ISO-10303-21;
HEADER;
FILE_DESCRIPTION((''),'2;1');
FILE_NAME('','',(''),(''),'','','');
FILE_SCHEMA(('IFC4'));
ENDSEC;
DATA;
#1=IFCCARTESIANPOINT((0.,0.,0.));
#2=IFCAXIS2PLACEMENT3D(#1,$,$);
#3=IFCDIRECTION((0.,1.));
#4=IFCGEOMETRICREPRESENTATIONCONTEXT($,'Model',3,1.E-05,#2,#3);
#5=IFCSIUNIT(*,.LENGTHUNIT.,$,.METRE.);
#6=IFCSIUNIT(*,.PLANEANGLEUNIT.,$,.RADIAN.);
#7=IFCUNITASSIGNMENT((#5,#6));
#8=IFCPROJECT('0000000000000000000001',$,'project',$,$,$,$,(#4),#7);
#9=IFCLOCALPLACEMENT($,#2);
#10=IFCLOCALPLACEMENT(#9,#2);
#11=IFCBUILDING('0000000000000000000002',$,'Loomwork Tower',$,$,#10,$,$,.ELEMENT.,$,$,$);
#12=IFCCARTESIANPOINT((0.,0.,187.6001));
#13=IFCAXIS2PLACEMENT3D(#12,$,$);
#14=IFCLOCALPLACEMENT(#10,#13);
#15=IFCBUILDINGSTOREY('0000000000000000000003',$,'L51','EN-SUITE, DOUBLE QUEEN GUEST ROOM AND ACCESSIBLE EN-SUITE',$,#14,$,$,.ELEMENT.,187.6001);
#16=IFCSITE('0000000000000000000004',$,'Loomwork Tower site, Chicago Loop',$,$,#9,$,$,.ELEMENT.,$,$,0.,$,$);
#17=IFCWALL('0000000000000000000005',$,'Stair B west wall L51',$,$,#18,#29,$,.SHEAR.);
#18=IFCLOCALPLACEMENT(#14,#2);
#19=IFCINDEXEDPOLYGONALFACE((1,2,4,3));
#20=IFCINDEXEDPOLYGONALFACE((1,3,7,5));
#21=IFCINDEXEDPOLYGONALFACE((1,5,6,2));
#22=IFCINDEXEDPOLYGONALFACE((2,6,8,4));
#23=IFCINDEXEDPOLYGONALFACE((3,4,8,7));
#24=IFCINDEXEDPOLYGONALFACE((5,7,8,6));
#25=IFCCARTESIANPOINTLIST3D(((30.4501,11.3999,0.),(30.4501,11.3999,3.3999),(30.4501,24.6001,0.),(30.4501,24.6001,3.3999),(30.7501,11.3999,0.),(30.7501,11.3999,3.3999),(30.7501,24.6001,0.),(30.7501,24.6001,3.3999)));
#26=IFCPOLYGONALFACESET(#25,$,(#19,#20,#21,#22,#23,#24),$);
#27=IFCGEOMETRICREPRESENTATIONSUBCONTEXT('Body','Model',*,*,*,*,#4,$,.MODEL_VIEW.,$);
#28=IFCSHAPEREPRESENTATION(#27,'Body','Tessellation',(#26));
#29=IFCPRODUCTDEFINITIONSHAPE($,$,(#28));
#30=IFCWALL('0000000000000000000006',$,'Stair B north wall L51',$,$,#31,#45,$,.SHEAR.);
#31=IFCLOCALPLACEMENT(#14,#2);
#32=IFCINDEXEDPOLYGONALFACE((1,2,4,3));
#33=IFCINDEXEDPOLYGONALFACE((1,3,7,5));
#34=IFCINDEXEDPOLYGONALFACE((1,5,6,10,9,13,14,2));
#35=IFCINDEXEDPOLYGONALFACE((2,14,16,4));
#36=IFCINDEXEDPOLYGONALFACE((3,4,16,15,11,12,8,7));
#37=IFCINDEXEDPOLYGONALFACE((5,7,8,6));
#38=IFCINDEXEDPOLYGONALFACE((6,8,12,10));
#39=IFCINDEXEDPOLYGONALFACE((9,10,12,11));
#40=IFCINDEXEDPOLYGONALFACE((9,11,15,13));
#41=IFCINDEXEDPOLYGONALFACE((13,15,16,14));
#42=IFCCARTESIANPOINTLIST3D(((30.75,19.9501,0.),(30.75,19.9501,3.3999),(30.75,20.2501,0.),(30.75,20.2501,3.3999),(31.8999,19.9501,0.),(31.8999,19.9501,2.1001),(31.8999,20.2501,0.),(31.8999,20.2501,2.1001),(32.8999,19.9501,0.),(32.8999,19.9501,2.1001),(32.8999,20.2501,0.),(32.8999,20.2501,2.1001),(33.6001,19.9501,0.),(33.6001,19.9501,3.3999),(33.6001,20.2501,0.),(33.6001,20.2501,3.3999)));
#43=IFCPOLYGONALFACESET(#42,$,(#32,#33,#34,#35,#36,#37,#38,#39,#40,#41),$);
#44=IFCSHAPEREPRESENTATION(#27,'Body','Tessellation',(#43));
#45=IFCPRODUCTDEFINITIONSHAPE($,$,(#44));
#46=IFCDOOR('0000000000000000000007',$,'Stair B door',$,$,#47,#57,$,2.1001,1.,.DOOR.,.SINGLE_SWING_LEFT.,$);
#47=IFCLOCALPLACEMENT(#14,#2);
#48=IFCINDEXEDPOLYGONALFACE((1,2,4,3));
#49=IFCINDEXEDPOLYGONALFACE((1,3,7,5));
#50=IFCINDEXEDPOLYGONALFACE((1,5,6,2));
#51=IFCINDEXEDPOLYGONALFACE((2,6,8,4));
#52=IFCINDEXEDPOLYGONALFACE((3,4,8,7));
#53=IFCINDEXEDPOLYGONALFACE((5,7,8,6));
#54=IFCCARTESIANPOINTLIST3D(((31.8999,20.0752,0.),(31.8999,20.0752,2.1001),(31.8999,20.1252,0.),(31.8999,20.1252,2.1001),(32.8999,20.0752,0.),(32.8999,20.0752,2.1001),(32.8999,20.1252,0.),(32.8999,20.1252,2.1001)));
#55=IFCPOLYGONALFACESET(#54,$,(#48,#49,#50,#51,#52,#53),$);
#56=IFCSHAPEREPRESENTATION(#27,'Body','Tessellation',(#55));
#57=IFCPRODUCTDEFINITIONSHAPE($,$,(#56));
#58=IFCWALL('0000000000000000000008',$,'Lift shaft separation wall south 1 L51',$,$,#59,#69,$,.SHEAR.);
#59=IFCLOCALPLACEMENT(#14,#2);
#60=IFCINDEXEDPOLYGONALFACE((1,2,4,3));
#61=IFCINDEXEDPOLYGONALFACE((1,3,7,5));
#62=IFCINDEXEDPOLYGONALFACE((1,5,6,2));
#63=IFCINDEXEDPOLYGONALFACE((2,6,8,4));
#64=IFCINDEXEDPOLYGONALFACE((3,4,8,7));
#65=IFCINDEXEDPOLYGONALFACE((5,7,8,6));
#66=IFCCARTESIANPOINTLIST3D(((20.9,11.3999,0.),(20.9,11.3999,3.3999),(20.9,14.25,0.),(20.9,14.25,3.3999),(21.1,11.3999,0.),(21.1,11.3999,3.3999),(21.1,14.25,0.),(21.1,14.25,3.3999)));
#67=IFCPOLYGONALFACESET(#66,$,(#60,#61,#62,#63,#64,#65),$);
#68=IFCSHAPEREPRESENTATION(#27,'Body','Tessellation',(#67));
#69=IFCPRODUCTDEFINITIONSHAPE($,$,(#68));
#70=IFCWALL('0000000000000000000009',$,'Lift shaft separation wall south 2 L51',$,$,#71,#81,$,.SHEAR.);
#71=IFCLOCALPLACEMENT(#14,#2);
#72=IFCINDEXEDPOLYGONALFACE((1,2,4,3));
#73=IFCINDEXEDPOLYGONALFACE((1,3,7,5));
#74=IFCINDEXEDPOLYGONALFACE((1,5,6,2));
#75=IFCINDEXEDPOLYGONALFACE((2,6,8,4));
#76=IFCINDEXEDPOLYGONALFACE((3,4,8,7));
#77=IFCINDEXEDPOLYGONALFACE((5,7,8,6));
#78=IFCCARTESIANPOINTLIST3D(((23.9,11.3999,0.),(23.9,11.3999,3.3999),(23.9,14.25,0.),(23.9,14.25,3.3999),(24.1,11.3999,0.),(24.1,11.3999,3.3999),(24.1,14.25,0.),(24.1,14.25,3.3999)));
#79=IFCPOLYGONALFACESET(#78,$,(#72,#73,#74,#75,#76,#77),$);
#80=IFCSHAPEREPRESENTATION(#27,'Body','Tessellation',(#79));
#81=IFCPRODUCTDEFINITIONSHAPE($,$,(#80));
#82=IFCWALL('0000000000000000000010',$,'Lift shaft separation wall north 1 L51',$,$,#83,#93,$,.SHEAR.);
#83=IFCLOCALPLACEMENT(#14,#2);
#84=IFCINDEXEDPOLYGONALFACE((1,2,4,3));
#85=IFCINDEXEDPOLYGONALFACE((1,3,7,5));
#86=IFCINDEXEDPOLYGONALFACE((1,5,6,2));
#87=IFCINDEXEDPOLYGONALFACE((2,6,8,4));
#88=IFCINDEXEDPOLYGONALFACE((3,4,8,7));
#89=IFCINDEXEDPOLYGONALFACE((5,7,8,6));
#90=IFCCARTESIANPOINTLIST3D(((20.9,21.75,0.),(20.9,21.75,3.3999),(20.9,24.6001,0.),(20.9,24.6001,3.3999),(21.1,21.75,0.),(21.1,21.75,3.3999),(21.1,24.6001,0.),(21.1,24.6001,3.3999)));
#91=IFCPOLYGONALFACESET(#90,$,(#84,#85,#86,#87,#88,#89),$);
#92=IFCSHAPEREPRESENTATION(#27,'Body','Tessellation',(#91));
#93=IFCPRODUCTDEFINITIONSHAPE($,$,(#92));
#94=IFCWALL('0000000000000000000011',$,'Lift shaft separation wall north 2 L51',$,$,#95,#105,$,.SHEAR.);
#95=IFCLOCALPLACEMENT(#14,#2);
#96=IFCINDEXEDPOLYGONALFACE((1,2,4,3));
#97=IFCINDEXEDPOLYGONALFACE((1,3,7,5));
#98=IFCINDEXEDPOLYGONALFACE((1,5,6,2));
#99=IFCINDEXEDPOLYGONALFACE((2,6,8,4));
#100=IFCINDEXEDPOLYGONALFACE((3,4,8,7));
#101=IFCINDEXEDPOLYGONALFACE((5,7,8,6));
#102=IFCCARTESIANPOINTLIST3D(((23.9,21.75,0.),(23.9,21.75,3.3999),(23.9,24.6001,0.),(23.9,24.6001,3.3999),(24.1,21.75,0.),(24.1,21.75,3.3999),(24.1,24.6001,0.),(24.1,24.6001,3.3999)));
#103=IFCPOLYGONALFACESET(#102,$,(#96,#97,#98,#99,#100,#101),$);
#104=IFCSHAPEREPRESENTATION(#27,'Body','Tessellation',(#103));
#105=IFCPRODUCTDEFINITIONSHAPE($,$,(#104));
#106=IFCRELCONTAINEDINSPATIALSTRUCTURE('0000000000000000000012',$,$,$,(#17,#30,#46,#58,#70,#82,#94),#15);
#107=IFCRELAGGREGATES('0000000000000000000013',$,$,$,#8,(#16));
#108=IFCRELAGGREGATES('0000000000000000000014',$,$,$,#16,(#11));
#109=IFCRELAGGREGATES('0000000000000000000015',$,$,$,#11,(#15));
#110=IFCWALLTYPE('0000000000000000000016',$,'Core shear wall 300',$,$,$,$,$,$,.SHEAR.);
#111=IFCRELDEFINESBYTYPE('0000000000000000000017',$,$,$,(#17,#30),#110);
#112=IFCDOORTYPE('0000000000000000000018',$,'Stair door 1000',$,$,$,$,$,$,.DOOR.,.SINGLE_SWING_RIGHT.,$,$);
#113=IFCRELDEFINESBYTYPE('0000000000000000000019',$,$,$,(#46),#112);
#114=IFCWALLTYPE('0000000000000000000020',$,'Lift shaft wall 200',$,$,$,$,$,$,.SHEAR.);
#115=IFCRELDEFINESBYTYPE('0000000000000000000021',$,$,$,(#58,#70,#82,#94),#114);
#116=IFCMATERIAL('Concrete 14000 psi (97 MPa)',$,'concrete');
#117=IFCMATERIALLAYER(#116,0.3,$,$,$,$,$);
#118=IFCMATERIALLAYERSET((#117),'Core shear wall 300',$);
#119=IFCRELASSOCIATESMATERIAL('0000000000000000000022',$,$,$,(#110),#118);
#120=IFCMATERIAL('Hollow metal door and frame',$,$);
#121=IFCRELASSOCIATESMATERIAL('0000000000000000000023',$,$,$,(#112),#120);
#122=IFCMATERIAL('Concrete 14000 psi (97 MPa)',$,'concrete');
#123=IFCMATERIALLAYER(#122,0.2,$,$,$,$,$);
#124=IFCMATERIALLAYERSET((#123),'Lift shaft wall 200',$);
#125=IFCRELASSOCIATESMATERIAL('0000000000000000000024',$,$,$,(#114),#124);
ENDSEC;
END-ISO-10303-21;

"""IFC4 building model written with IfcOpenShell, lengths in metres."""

from ifc_helpers import new_model, si_unit, direction, frame, frame_2d, origin, place, context, subcontext, project, spatial, rectangle, extrude, material, layer, layer_set, type_object, element, fill, save


model = new_model("IFC4")

# Units and contexts
model_context = context("Model", 3, precision=1e-05, world=origin(), true_north=direction((0.0, 1.0)))
body_context = subcontext(model_context, "Body", "Model", "MODEL_VIEW")
ifc_project = project(units=[si_unit("LENGTHUNIT", "METRE"), si_unit("PLANEANGLEUNIT", "RADIAN")], contexts=[model_context])

# Site, building, storey
site_placement = place(None, origin())
site = spatial("IfcSite", under=ifc_project, at=site_placement, Name="Loomwork Tower site, Chicago Loop", CompositionType="ELEMENT", RefElevation=0.0)
building_placement = place(site_placement, origin())
building = spatial("IfcBuilding", under=site, at=building_placement, Name="Loomwork Tower", CompositionType="ELEMENT")
storey_placement = place(building_placement, frame((0.0, 0.0, 187.6001)))
storey = spatial("IfcBuildingStorey", under=building, at=storey_placement, Name="L51", Description="EN-SUITE, DOUBLE QUEEN GUEST ROOM AND ACCESSIBLE EN-SUITE", CompositionType="ELEMENT", Elevation=187.6001)

# Shared definitions
ifc_material_1 = material(Name="Concrete 14000 psi (97 MPa)", Category="concrete")
ifc_layer_1 = layer(ifc_material_1, 0.3)
ifc_layer_set_1 = layer_set([ifc_layer_1], Name="Core shear wall 300")
wall_type_1 = type_object("IfcWallType", Name="Core shear wall 300", PredefinedType="SHEAR", material=ifc_layer_set_1)

# Wall
wall_1_placement = place(storey_placement, frame((30.6001, 11.3999, 0.0), z_axis=(0.0, 0.0, 1.0), x_axis=(0.0, 1.0, 0.0)))
element("IfcWall", 1, at=wall_1_placement, inside=storey, type_object=wall_type_1, Name="Stair B west wall L51", PredefinedType="SHEAR", context=body_context, shape_type="SweptSolid", body=[
    extrude(rectangle(XDim=13.2002, YDim=0.3, at=frame_2d((6.6001, 0.0))), origin(), (0.0, 0.0, 1.0), 3.3999),
])

# Wall, opening, door
wall_2_placement = place(storey_placement, frame((30.75, 20.1001, 0.0), z_axis=(0.0, 0.0, 1.0), x_axis=(1.0, 0.0, 0.0)))
wall_2 = element("IfcWall", 2, at=wall_2_placement, inside=storey, type_object=wall_type_1, Name="Stair B north wall L51", PredefinedType="SHEAR", context=body_context, shape_type="SweptSolid", body=[
    extrude(rectangle(XDim=2.8501, YDim=0.3, at=frame_2d((1.425, 0.0))), origin(), (0.0, 0.0, 1.0), 3.3999),
])
opening_1_placement = place(wall_2_placement, frame((1.1499, 0.0, 0.0)))
opening_1 = element("IfcOpeningElement", 3, at=opening_1_placement, cuts=wall_2, PredefinedType="OPENING", context=body_context, shape_type="SweptSolid", body=[
    extrude(rectangle(XDim=1.0, YDim=2.1001, at=frame_2d((0.5, 1.05))), frame((0.0, 0.1599, 0.0), z_axis=(0.0, -1.0, 0.0), x_axis=(1.0, 0.0, 0.0)), (0.0, 0.0, 1.0), 0.3201),
])
ifc_material_2 = material(Name="Hollow metal door and frame")
door_type_1 = type_object("IfcDoorType", Name="Stair door 1000", OperationType="SINGLE_SWING_RIGHT", PredefinedType="DOOR", material=ifc_material_2)
door_1_placement = place(opening_1_placement, frame((1.0, 0.0, 0.0), z_axis=(0.0, 0.0, 1.0), x_axis=(-1.0, 0.0, 0.0)))
door_1 = element("IfcDoor", 4, at=door_1_placement, inside=storey, type_object=door_type_1, Name="Stair B door", OperationType="SINGLE_SWING_LEFT", OverallHeight=2.1001, OverallWidth=1.0, PredefinedType="DOOR", context=body_context, shape_type="SweptSolid", body=[
    extrude(rectangle(XDim=1.0, YDim=2.1001, at=frame_2d((0.5, 1.05))), frame((0.0, 0.0249, 0.0), z_axis=(0.0, -1.0, 0.0), x_axis=(1.0, 0.0, 0.0)), (0.0, 0.0, 1.0), 0.05),
])
fill(opening_1, door_1)

# Walls
ifc_material_3 = material(Name="Concrete 14000 psi (97 MPa)", Category="concrete")
ifc_layer_2 = layer(ifc_material_3, 0.2)
ifc_layer_set_2 = layer_set([ifc_layer_2], Name="Lift shaft wall 200")
wall_type_2 = type_object("IfcWallType", Name="Lift shaft wall 200", PredefinedType="SHEAR", material=ifc_layer_set_2)
for number, where, z_axis, x_axis, name in (
    (5, (21.0, 11.3999, 0.0), (0.0, 0.0, 1.0), (0.0, 1.0, 0.0), "Lift shaft separation wall south 1 L51"),
    (6, (24.0, 11.3999, 0.0), (0.0, 0.0, 1.0), (0.0, 1.0, 0.0), "Lift shaft separation wall south 2 L51"),
    (7, (21.0, 21.75, 0.0), (0.0, 0.0, 1.0), (0.0, 1.0, 0.0), "Lift shaft separation wall north 1 L51"),
    (8, (24.0, 21.75, 0.0), (0.0, 0.0, 1.0), (0.0, 1.0, 0.0), "Lift shaft separation wall north 2 L51"),
):
    element("IfcWall", number, at=place(storey_placement, frame(where, z_axis=z_axis, x_axis=x_axis)), inside=storey, type_object=wall_type_2, Name=name, PredefinedType="SHEAR", context=body_context, shape_type="SweptSolid", body=[
        extrude(rectangle(XDim=2.8501, YDim=0.2, at=frame_2d((1.425, 0.0))), origin(), (0.0, 0.0, 1.0), 3.3999),
    ])

save(model, "model.ifc")
